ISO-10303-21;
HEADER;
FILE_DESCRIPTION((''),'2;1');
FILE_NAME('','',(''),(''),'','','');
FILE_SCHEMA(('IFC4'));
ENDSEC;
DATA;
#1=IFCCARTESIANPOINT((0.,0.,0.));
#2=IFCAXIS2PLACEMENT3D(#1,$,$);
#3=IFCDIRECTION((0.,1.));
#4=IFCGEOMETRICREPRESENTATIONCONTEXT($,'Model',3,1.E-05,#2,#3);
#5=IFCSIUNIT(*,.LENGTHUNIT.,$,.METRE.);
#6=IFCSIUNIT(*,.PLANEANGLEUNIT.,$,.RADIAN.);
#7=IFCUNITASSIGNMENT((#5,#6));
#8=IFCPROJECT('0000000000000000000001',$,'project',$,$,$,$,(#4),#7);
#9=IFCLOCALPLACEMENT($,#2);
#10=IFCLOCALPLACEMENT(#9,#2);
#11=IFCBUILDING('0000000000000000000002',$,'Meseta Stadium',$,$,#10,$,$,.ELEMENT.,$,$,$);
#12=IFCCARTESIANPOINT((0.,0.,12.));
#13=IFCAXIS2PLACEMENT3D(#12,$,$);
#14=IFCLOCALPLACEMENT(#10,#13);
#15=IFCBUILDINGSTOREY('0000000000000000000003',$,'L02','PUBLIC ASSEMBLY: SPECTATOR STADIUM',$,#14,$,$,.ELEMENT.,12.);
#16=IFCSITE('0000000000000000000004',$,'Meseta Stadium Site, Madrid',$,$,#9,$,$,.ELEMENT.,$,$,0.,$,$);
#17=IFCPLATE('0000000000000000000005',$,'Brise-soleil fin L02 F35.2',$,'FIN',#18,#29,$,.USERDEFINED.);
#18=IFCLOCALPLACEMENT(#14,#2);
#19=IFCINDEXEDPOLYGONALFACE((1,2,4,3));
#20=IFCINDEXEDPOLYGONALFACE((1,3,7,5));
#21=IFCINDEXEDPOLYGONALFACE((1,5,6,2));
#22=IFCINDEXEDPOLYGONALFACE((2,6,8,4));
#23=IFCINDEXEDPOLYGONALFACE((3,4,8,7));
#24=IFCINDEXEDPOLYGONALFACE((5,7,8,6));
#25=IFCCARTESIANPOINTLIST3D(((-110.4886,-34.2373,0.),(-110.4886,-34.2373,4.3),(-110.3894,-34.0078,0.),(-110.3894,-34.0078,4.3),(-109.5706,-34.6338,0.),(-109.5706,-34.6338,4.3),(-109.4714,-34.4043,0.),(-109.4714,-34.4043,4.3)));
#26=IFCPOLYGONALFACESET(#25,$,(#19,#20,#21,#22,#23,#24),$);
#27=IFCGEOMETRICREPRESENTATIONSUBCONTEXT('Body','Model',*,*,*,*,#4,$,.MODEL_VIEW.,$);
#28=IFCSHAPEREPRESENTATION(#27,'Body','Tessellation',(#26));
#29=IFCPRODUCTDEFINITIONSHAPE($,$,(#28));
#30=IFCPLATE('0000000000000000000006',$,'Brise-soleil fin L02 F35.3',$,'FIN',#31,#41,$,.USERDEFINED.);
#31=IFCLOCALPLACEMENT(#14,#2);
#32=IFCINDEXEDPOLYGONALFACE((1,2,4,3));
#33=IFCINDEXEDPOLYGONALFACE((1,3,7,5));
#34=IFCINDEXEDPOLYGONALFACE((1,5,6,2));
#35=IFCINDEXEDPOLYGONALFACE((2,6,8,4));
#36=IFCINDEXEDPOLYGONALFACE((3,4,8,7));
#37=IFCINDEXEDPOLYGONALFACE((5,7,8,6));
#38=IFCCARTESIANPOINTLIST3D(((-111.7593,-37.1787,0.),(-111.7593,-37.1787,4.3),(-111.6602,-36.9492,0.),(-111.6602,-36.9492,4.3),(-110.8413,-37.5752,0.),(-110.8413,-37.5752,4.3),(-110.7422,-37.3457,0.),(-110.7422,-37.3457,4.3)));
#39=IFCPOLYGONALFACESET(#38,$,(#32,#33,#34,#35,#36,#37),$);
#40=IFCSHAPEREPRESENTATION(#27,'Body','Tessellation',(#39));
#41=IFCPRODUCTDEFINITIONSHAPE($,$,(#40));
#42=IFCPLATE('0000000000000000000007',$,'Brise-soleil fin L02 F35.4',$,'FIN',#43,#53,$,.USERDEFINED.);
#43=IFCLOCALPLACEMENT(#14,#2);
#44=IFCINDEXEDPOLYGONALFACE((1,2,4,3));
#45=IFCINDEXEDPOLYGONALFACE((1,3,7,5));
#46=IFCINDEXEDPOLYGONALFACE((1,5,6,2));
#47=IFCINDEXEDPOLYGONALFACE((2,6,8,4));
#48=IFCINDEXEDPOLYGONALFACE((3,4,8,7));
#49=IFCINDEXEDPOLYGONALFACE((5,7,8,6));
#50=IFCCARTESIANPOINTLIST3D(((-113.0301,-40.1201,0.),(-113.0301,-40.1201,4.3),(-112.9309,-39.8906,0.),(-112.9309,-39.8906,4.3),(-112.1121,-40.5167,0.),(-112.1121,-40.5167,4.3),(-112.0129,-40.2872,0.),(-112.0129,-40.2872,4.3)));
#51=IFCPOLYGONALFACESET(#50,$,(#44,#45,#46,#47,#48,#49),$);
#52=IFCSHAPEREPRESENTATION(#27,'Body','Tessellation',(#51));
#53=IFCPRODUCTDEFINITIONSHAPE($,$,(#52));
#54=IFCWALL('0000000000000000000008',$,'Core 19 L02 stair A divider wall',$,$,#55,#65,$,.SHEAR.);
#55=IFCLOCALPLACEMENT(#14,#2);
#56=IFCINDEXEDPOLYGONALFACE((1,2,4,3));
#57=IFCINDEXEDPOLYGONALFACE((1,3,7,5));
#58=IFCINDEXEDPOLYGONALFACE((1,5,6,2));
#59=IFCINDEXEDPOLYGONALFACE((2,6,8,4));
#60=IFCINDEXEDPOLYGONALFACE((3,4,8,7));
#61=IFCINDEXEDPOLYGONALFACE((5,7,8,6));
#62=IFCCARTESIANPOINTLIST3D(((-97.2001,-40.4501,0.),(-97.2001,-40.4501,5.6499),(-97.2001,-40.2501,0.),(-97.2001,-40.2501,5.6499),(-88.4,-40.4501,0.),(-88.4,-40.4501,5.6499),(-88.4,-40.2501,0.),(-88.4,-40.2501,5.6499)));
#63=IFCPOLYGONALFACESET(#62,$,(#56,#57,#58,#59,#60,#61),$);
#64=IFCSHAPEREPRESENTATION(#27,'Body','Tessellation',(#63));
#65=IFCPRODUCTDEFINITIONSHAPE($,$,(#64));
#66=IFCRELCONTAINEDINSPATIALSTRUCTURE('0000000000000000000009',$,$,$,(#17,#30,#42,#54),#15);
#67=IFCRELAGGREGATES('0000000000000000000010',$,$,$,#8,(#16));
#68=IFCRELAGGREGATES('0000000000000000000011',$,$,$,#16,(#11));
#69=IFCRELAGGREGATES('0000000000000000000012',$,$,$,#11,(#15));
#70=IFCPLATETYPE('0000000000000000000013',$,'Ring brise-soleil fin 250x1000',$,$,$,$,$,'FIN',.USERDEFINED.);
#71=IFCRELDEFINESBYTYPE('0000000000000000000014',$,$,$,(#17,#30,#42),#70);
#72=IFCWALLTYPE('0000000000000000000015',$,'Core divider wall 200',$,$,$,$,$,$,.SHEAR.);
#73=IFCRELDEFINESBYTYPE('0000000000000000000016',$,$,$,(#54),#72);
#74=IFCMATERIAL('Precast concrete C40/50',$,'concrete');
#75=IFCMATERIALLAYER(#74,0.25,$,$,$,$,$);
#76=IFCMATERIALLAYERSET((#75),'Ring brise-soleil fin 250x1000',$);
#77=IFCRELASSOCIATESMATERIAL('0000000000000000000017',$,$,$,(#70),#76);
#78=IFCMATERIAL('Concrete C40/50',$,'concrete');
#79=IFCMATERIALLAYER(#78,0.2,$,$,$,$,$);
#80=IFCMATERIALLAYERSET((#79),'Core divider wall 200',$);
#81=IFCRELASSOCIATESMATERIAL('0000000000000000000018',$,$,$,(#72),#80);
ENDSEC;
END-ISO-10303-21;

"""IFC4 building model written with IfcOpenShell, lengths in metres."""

from ifc_helpers import new_model, si_unit, direction, frame, frame_2d, origin, origin_2d, place, context, subcontext, project, spatial, rectangle, extrude, material, layer, layer_set, type_object, element, save


model = new_model("IFC4")

# Units and contexts
model_context = context("Model", 3, precision=1e-05, world=origin(), true_north=direction((0.0, 1.0)))
body_context = subcontext(model_context, "Body", "Model", "MODEL_VIEW")
ifc_project = project(units=[si_unit("LENGTHUNIT", "METRE"), si_unit("PLANEANGLEUNIT", "RADIAN")], contexts=[model_context])

# Site, building, storey
site_placement = place(None, origin())
site = spatial("IfcSite", under=ifc_project, at=site_placement, Name="Meseta Stadium Site, Madrid", CompositionType="ELEMENT", RefElevation=0.0)
building_placement = place(site_placement, origin())
building = spatial("IfcBuilding", under=site, at=building_placement, Name="Meseta Stadium", CompositionType="ELEMENT")
storey_placement = place(building_placement, frame((0.0, 0.0, 12.0)))
storey = spatial("IfcBuildingStorey", under=building, at=storey_placement, Name="L02", Description="PUBLIC ASSEMBLY: SPECTATOR STADIUM", CompositionType="ELEMENT", Elevation=12.0)

# Plates
ifc_material_1 = material(Name="Precast concrete C40/50", Category="concrete")
ifc_layer_1 = layer(ifc_material_1, 0.25)
ifc_layer_set_1 = layer_set([ifc_layer_1], Name="Ring brise-soleil fin 250x1000")
plate_type_1 = type_object("IfcPlateType", Name="Ring brise-soleil fin 250x1000", ElementType="FIN", PredefinedType="USERDEFINED", material=ifc_layer_set_1)
for number, where, z_axis, x_axis, name in (
    (1, (-109.98, -34.3208, 0.0), (0.0, 0.0, 1.0), (-0.396576, -0.918002, 0.0), "Brise-soleil fin L02 F35.2"),
    (2, (-111.2507, -37.2622, 0.0), (0.0, 0.0, 1.0), (-0.396576, -0.918002, 0.0), "Brise-soleil fin L02 F35.3"),
    (3, (-112.5215, -40.2036, 0.0), (0.0, 0.0, 1.0), (-0.396576, -0.918002, 0.0), "Brise-soleil fin L02 F35.4"),
):
    element("IfcPlate", number, at=place(storey_placement, frame(where, z_axis=z_axis, x_axis=x_axis)), inside=storey, type_object=plate_type_1, Name=name, ObjectType="FIN", PredefinedType="USERDEFINED", context=body_context, shape_type="SweptSolid", body=[
        extrude(rectangle(XDim=0.25, YDim=1.0, at=origin_2d()), origin(), (0.0, 0.0, 1.0), 4.3),
    ])

# Wall
ifc_material_2 = material(Name="Concrete C40/50", Category="concrete")
ifc_layer_2 = layer(ifc_material_2, 0.2)
ifc_layer_set_2 = layer_set([ifc_layer_2], Name="Core divider wall 200")
wall_type = type_object("IfcWallType", Name="Core divider wall 200", PredefinedType="SHEAR", material=ifc_layer_set_2)
wall_placement = place(storey_placement, frame((-97.2, -40.3501, 0.0), z_axis=(0.0, 0.0, 1.0), x_axis=(1.0, 0.0, 0.0)))
element("IfcWall", 4, at=wall_placement, inside=storey, type_object=wall_type, Name="Core 19 L02 stair A divider wall", PredefinedType="SHEAR", context=body_context, shape_type="SweptSolid", body=[
    extrude(rectangle(XDim=8.8, YDim=0.2, at=frame_2d((4.3999, 0.0))), origin(), (0.0, 0.0, 1.0), 5.6499),
])

save(model, "model.ifc")
